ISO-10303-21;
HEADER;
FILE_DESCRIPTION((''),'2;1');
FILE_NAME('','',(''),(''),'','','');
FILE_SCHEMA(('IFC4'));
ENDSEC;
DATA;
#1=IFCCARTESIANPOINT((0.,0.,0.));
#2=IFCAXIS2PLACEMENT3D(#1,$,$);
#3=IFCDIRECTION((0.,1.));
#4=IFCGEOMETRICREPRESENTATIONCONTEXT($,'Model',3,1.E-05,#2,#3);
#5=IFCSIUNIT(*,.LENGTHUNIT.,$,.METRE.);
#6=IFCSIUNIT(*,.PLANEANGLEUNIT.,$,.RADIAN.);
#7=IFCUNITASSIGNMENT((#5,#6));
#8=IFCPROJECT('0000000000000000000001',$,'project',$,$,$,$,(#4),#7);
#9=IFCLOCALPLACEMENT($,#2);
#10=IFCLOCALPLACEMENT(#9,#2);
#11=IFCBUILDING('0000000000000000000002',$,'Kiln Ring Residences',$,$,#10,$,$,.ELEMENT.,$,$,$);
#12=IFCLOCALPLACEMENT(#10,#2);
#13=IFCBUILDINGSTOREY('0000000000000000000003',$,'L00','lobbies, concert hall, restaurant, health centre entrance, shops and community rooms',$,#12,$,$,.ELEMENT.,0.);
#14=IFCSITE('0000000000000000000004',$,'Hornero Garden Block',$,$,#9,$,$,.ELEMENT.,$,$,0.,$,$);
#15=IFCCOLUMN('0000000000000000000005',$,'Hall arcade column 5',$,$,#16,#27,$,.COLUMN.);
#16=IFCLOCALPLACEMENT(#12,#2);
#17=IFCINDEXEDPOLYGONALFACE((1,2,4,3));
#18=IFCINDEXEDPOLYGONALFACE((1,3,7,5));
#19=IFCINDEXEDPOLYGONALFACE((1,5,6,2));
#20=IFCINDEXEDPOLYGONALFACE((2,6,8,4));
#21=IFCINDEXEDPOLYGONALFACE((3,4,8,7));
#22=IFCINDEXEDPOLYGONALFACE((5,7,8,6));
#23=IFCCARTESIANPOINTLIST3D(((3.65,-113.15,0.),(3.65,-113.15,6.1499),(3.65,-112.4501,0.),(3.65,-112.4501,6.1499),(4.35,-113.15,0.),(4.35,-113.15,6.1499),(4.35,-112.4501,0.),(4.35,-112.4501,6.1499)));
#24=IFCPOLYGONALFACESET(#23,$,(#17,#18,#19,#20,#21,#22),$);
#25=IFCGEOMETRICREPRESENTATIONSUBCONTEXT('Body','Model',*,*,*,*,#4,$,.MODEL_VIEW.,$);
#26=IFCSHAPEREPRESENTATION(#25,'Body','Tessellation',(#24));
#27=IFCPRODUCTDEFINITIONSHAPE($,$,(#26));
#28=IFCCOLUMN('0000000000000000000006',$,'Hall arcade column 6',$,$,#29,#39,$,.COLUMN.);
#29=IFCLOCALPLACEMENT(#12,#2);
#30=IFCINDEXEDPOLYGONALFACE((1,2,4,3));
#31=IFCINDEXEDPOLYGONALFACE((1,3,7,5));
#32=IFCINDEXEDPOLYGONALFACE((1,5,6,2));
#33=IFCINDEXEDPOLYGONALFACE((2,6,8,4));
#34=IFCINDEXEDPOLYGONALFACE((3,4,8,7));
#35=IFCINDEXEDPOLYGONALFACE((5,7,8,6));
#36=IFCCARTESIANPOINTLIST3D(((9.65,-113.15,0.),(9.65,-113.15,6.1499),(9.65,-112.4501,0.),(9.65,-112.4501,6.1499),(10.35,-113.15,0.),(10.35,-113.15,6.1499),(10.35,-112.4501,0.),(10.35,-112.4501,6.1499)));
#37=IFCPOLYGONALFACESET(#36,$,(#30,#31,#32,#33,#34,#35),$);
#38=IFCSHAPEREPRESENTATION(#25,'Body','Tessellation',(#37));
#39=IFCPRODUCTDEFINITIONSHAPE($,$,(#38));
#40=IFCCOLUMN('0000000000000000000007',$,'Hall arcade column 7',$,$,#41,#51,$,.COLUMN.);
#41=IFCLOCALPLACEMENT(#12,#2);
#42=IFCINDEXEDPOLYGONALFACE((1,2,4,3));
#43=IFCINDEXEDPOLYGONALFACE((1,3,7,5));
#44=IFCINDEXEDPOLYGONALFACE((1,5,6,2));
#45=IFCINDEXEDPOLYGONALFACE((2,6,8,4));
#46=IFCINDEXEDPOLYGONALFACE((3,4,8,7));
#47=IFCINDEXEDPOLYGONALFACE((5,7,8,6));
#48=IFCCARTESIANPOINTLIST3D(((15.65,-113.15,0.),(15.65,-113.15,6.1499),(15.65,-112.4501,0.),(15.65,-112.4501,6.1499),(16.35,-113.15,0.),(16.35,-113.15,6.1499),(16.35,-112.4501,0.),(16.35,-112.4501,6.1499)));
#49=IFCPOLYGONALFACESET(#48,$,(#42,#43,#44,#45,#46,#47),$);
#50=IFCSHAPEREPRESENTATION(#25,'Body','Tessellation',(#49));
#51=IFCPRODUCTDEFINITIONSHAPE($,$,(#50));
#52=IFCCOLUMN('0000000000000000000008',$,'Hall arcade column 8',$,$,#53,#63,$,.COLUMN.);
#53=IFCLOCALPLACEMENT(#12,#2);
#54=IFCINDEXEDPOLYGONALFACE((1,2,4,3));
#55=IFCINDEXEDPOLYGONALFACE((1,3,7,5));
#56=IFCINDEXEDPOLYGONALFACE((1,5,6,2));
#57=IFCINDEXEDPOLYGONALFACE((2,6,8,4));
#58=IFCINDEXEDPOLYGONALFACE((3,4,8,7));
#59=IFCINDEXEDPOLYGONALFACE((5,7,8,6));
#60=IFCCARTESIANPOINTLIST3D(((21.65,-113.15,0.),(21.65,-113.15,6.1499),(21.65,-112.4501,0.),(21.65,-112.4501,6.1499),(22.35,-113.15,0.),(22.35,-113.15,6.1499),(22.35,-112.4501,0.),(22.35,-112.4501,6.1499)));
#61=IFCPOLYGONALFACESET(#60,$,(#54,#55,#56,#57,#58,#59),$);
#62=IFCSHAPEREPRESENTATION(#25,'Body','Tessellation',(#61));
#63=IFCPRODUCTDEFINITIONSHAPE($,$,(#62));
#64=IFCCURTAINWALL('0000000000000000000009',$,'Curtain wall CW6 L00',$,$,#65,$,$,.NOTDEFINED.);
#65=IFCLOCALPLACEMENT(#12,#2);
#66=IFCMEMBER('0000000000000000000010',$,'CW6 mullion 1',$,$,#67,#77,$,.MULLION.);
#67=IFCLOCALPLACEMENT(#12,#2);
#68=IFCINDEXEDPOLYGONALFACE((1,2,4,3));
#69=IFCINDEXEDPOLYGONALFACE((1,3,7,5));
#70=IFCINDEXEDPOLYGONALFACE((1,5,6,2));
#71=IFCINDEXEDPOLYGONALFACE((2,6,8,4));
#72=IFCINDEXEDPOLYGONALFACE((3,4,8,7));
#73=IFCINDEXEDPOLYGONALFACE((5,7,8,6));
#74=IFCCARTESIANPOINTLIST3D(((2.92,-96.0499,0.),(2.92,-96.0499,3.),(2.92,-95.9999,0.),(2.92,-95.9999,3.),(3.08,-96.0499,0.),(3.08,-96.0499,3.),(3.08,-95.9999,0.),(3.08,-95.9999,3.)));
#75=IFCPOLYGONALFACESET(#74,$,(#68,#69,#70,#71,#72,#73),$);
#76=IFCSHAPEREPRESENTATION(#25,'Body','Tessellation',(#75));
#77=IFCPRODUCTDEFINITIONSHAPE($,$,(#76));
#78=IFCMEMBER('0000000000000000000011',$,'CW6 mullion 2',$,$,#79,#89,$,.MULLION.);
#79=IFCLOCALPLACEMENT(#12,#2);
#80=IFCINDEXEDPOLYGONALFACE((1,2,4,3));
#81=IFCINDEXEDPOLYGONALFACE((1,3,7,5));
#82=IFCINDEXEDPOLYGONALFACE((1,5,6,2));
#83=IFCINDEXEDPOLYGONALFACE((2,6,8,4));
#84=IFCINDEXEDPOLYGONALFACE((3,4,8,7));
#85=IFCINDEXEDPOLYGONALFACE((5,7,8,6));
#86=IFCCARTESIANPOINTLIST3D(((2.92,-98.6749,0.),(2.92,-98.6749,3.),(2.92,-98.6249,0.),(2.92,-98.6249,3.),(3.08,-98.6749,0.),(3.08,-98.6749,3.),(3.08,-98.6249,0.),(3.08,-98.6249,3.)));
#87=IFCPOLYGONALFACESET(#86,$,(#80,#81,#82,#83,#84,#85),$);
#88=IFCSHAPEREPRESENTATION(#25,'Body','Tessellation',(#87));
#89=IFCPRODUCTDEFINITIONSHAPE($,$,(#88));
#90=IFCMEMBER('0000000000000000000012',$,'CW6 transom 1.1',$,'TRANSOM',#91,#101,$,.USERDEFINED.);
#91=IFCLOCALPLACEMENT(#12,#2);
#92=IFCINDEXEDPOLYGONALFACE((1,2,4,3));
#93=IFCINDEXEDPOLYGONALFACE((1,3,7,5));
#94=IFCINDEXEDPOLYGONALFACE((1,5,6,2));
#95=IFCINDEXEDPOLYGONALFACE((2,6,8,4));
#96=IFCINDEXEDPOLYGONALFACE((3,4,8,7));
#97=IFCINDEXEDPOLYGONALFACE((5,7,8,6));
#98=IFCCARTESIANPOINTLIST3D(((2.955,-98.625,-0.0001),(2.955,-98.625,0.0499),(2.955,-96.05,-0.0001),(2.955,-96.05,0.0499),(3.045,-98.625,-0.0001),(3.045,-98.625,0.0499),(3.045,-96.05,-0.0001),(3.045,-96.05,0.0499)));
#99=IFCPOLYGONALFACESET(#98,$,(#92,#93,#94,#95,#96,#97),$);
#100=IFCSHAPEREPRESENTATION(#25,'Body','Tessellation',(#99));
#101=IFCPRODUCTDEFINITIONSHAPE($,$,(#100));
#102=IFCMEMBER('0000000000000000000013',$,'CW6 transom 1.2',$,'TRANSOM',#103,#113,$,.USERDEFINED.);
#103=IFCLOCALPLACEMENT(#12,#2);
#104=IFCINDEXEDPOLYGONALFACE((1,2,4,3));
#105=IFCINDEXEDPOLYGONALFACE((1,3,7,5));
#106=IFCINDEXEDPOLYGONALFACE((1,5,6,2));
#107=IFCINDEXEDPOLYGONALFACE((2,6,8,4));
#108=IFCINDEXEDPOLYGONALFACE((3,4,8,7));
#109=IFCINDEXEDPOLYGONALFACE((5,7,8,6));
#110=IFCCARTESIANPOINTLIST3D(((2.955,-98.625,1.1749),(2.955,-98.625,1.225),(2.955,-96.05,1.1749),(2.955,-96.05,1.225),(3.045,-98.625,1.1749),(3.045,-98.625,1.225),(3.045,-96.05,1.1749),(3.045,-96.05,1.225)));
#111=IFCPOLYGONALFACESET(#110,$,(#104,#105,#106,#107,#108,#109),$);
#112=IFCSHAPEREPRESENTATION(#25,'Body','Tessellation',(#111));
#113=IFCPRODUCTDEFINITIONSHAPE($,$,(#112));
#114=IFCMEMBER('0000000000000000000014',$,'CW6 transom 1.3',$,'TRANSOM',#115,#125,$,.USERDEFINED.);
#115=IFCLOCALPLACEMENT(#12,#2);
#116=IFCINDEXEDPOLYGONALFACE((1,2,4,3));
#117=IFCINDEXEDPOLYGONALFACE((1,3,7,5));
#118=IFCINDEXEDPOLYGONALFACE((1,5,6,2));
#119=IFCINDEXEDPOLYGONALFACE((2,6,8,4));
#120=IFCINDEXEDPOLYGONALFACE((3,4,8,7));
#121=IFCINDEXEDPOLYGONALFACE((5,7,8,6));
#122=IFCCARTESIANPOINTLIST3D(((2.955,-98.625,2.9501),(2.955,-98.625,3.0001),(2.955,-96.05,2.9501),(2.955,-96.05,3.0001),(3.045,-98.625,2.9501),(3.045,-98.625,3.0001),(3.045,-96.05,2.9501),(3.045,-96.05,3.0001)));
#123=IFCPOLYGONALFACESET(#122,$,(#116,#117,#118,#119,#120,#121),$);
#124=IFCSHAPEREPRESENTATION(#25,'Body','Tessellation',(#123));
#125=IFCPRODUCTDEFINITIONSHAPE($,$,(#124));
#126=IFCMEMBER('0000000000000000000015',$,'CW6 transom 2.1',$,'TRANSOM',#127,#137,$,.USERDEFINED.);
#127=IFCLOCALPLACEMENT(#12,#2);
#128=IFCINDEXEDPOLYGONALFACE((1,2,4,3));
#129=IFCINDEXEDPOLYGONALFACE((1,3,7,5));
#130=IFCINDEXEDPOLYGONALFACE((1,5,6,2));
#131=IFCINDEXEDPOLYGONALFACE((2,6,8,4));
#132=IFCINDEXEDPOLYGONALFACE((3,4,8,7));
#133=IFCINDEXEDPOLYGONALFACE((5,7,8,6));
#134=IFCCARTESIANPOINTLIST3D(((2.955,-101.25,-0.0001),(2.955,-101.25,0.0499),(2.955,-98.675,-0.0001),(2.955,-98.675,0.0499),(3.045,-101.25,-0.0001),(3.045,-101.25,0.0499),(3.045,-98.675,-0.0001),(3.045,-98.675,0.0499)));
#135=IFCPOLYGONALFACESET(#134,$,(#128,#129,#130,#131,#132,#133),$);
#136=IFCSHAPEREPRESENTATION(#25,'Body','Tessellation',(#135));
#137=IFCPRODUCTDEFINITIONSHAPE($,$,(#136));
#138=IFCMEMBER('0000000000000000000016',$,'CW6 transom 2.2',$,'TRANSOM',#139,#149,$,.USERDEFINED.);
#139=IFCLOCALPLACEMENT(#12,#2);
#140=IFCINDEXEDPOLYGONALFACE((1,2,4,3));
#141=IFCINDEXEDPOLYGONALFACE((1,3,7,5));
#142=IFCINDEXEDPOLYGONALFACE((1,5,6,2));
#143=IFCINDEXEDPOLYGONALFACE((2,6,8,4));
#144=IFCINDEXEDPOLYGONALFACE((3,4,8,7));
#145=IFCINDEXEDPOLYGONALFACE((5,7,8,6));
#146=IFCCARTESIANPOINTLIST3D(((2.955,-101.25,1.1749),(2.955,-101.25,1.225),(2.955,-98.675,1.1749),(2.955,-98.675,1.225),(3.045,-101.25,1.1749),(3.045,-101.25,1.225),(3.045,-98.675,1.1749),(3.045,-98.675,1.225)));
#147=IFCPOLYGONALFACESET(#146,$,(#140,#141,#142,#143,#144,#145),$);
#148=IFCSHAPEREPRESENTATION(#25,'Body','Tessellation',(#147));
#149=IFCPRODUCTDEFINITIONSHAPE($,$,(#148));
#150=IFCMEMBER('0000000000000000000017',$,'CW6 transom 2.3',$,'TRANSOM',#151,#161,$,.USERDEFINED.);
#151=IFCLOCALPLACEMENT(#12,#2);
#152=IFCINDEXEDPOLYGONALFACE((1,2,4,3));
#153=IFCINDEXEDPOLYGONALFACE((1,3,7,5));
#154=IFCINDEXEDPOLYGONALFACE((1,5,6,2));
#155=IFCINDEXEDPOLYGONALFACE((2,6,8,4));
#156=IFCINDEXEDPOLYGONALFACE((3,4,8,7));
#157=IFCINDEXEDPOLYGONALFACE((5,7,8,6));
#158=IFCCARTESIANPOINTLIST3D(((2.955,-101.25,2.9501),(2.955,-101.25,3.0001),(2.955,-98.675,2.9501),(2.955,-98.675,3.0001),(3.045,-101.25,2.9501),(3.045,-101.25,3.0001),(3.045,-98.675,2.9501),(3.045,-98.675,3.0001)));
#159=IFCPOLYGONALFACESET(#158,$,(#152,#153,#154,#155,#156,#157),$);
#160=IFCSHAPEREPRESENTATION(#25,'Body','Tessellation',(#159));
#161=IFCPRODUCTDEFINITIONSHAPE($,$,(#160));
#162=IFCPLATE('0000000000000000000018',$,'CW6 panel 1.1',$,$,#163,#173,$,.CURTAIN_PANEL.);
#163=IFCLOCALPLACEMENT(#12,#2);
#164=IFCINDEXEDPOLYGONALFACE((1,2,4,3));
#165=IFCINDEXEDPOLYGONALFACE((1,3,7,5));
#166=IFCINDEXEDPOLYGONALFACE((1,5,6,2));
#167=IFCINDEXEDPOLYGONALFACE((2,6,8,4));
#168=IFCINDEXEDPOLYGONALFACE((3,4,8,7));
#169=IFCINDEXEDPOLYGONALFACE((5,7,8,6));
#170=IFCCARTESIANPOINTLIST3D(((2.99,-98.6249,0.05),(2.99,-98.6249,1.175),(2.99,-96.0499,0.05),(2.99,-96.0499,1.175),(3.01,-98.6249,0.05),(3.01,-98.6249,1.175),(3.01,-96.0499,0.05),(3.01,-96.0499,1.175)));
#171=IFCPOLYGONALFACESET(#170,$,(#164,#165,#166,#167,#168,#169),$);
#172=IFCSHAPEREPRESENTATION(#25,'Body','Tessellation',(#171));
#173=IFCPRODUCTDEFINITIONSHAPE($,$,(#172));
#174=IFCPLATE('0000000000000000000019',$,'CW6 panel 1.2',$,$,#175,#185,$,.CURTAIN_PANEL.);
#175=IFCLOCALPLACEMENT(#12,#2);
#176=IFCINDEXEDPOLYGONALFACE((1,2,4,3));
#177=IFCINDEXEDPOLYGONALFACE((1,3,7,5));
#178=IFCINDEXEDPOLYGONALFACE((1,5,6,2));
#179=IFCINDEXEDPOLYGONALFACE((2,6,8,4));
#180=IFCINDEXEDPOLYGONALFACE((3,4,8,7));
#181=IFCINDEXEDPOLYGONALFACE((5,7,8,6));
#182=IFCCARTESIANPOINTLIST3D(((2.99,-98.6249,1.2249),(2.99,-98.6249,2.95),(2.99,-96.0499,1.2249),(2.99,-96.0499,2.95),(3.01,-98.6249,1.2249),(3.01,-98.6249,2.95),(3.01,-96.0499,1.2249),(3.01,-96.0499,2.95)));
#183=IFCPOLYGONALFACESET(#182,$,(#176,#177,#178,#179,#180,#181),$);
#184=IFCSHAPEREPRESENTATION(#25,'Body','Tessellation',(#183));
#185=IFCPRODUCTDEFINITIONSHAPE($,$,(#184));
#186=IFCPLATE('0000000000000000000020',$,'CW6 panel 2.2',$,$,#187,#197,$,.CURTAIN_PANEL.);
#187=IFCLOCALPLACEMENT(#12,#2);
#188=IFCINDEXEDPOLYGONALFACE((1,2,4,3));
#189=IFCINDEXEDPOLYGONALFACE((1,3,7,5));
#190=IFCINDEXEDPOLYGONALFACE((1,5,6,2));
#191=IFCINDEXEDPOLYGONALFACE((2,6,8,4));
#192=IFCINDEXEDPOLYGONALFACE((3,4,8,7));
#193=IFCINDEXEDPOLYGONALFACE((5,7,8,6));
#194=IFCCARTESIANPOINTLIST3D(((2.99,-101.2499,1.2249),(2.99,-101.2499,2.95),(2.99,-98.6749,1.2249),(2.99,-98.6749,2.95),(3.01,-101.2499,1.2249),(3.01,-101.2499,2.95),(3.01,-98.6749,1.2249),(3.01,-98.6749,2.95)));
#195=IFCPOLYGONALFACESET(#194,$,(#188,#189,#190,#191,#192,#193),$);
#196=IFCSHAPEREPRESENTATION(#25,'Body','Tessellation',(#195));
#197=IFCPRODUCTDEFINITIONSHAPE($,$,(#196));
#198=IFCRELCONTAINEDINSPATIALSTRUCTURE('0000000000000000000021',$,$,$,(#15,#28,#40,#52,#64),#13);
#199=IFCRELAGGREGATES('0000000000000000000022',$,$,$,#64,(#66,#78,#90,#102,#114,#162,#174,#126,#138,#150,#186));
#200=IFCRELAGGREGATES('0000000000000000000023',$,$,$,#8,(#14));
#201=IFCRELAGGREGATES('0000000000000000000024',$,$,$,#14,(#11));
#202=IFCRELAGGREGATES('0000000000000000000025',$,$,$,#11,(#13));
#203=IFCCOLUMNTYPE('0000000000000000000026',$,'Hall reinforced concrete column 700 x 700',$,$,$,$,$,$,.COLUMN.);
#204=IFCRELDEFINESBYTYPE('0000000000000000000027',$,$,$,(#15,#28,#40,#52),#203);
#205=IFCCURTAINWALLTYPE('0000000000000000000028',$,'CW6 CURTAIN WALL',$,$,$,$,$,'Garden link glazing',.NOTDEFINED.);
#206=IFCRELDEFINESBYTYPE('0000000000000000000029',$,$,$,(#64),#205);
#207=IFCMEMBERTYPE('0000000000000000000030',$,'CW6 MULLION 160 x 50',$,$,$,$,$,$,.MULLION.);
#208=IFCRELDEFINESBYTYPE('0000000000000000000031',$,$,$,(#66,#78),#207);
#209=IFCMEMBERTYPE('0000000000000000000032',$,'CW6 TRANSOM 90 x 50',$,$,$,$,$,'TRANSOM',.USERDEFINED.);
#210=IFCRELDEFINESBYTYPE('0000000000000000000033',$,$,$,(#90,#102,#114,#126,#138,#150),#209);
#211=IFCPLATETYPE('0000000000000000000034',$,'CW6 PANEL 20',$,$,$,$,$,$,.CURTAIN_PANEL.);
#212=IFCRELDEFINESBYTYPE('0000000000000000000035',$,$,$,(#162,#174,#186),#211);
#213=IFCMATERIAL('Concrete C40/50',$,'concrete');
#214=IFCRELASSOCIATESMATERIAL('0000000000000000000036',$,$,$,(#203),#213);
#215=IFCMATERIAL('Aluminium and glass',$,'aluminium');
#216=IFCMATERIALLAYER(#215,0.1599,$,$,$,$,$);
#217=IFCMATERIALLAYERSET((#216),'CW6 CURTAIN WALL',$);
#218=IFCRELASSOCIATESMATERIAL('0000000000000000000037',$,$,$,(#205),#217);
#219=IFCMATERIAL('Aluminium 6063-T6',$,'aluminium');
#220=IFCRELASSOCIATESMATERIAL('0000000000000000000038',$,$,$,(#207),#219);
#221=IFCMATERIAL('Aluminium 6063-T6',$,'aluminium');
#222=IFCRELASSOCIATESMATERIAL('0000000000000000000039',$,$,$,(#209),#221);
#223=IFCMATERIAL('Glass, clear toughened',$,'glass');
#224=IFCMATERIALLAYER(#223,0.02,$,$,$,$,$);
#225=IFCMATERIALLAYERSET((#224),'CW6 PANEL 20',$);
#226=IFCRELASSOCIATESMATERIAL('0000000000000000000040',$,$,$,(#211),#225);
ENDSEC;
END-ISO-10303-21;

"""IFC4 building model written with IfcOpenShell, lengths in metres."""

from ifc_helpers import new_model, si_unit, direction, frame, origin, origin_2d, place, context, subcontext, project, spatial, rectangle, extrude, material, layer, layer_set, material_profile, profile_set, type_object, element, aggregate, save


model = new_model("IFC4")

# Units and contexts
model_context = context("Model", 3, precision=1e-05, world=origin(), true_north=direction((0.0, 1.0)))
body_context = subcontext(model_context, "Body", "Model", "MODEL_VIEW")
ifc_project = project(units=[si_unit("LENGTHUNIT", "METRE"), si_unit("PLANEANGLEUNIT", "RADIAN")], contexts=[model_context])

# Site, building, storey
site_placement = place(None, origin())
site = spatial("IfcSite", under=ifc_project, at=site_placement, Name="Hornero Garden Block", CompositionType="ELEMENT", RefElevation=0.0)
building_placement = place(site_placement, origin())
building = spatial("IfcBuilding", under=site, at=building_placement, Name="Kiln Ring Residences", CompositionType="ELEMENT")
storey_placement = place(building_placement, origin())
storey = spatial("IfcBuildingStorey", under=building, at=storey_placement, Name="L00", Description="lobbies, concert hall, restaurant, health centre entrance, shops and community rooms", CompositionType="ELEMENT", Elevation=0.0)

# Columns
ifc_material_1 = material(Name="Concrete C40/50", Category="concrete")
ifc_material_profile_1 = material_profile(ifc_material_1, rectangle(XDim=0.7, YDim=0.7, at=origin_2d()), Name="Hall reinforced concrete column 700 x 700")
ifc_profile_set_1 = profile_set([ifc_material_profile_1], Name="Concrete C40/50")
column_type = type_object("IfcColumnType", Name="Hall reinforced concrete column 700 x 700", PredefinedType="COLUMN", material=ifc_profile_set_1)
for number, where, z_axis, x_axis, name in (
    (1, (4.0, -112.8, 0.0), (0.0, 0.0, 1.0), (1.0, 0.0, 0.0), "Hall arcade column 5"),
    (2, (10.0, -112.8, 0.0), (0.0, 0.0, 1.0), (1.0, 0.0, 0.0), "Hall arcade column 6"),
    (3, (16.0, -112.8, 0.0), (0.0, 0.0, 1.0), (1.0, 0.0, 0.0), "Hall arcade column 7"),
    (4, (22.0, -112.8, 0.0), (0.0, 0.0, 1.0), (1.0, 0.0, 0.0), "Hall arcade column 8"),
):
    element("IfcColumn", number, at=place(storey_placement, frame(where, z_axis=z_axis, x_axis=x_axis)), inside=storey, type_object=column_type, Name=name, PredefinedType="COLUMN", context=body_context, shape_type="SweptSolid", body=[
        extrude(rectangle(XDim=0.7, YDim=0.7, at=origin_2d()), origin(), (0.0, 0.0, 1.0), 6.1499),
    ])

# Curtain wall, members, plates
ifc_material_2 = material(Name="Aluminium and glass", Category="aluminium")
ifc_layer_1 = layer(ifc_material_2, 0.1599)
ifc_layer_set_1 = layer_set([ifc_layer_1], Name="CW6 CURTAIN WALL")
curtain_wall_type = type_object("IfcCurtainWallType", Name="CW6 CURTAIN WALL", ElementType="Garden link glazing", PredefinedType="NOTDEFINED", material=ifc_layer_set_1)
placement = place(storey_placement, origin())
curtain_wall = element("IfcCurtainWall", 5, at=placement, inside=storey, type_object=curtain_wall_type, Name="Curtain wall CW6 L00", PredefinedType="NOTDEFINED")
ifc_material_3 = material(Name="Aluminium 6063-T6", Category="aluminium")
ifc_material_profile_2 = material_profile(ifc_material_3, rectangle(XDim=0.1599, YDim=0.05, at=origin_2d()), Name="AL 160x50")
ifc_profile_set_2 = profile_set([ifc_material_profile_2], Name="Aluminium 6063-T6")
member_type_1 = type_object("IfcMemberType", Name="CW6 MULLION 160 x 50", PredefinedType="MULLION", material=ifc_profile_set_2)
member_1_placement = place(storey_placement, frame((3.0, -96.0249, 0.0), z_axis=(0.0, 0.0, 1.0), x_axis=(1.0, 0.0, 0.0)))
member_1 = element("IfcMember", 6, at=member_1_placement, type_object=member_type_1, Name="CW6 mullion 1", PredefinedType="MULLION", context=body_context, shape_type="SweptSolid", body=[
    extrude(rectangle(XDim=0.1599, YDim=0.05, at=origin_2d()), origin(), (0.0, 0.0, 1.0), 3.0),
])
member_2_placement = place(storey_placement, frame((3.0, -98.6499, 0.0), z_axis=(0.0, 0.0, 1.0), x_axis=(1.0, 0.0, 0.0)))
member_2 = element("IfcMember", 7, at=member_2_placement, type_object=member_type_1, Name="CW6 mullion 2", PredefinedType="MULLION", context=body_context, shape_type="SweptSolid", body=[
    extrude(rectangle(XDim=0.1599, YDim=0.05, at=origin_2d()), origin(), (0.0, 0.0, 1.0), 3.0),
])
ifc_material_4 = material(Name="Aluminium 6063-T6", Category="aluminium")
ifc_material_profile_3 = material_profile(ifc_material_4, rectangle(XDim=0.0901, YDim=0.05, at=origin_2d()), Name="AL 90x50")
ifc_profile_set_3 = profile_set([ifc_material_profile_3], Name="Aluminium 6063-T6")
member_type_2 = type_object("IfcMemberType", Name="CW6 TRANSOM 90 x 50", ElementType="TRANSOM", PredefinedType="USERDEFINED", material=ifc_profile_set_3)
member_3_placement = place(storey_placement, frame((3.0, -96.05, 0.0249), z_axis=(0.0, -1.0, 0.0), x_axis=(1.0, 0.0, 0.0)))
member_3 = element("IfcMember", 8, at=member_3_placement, type_object=member_type_2, Name="CW6 transom 1.1", ObjectType="TRANSOM", PredefinedType="USERDEFINED", context=body_context, shape_type="SweptSolid", body=[
    extrude(rectangle(XDim=0.0901, YDim=0.05, at=origin_2d()), origin(), (0.0, 0.0, 1.0), 2.575),
])
member_4_placement = place(storey_placement, frame((3.0, -96.05, 1.2), z_axis=(0.0, -1.0, 0.0), x_axis=(1.0, 0.0, 0.0)))
member_4 = element("IfcMember", 9, at=member_4_placement, type_object=member_type_2, Name="CW6 transom 1.2", ObjectType="TRANSOM", PredefinedType="USERDEFINED", context=body_context, shape_type="SweptSolid", body=[
    extrude(rectangle(XDim=0.0901, YDim=0.05, at=origin_2d()), origin(), (0.0, 0.0, 1.0), 2.575),
])
member_5_placement = place(storey_placement, frame((3.0, -96.05, 2.9751), z_axis=(0.0, -1.0, 0.0), x_axis=(1.0, 0.0, 0.0)))
member_5 = element("IfcMember", 10, at=member_5_placement, type_object=member_type_2, Name="CW6 transom 1.3", ObjectType="TRANSOM", PredefinedType="USERDEFINED", context=body_context, shape_type="SweptSolid", body=[
    extrude(rectangle(XDim=0.0901, YDim=0.05, at=origin_2d()), origin(), (0.0, 0.0, 1.0), 2.575),
])
member_6_placement = place(storey_placement, frame((3.0, -98.675, 0.0249), z_axis=(0.0, -1.0, 0.0), x_axis=(1.0, 0.0, 0.0)))
member_6 = element("IfcMember", 11, at=member_6_placement, type_object=member_type_2, Name="CW6 transom 2.1", ObjectType="TRANSOM", PredefinedType="USERDEFINED", context=body_context, shape_type="SweptSolid", body=[
    extrude(rectangle(XDim=0.0901, YDim=0.05, at=origin_2d()), origin(), (0.0, 0.0, 1.0), 2.575),
])
member_7_placement = place(storey_placement, frame((3.0, -98.675, 1.2), z_axis=(0.0, -1.0, 0.0), x_axis=(1.0, 0.0, 0.0)))
member_7 = element("IfcMember", 12, at=member_7_placement, type_object=member_type_2, Name="CW6 transom 2.2", ObjectType="TRANSOM", PredefinedType="USERDEFINED", context=body_context, shape_type="SweptSolid", body=[
    extrude(rectangle(XDim=0.0901, YDim=0.05, at=origin_2d()), origin(), (0.0, 0.0, 1.0), 2.575),
])
member_8_placement = place(storey_placement, frame((3.0, -98.675, 2.9751), z_axis=(0.0, -1.0, 0.0), x_axis=(1.0, 0.0, 0.0)))
member_8 = element("IfcMember", 13, at=member_8_placement, type_object=member_type_2, Name="CW6 transom 2.3", ObjectType="TRANSOM", PredefinedType="USERDEFINED", context=body_context, shape_type="SweptSolid", body=[
    extrude(rectangle(XDim=0.0901, YDim=0.05, at=origin_2d()), origin(), (0.0, 0.0, 1.0), 2.575),
])
ifc_material_5 = material(Name="Glass, clear toughened", Category="glass")
ifc_layer_2 = layer(ifc_material_5, 0.02)
ifc_layer_set_2 = layer_set([ifc_layer_2], Name="CW6 PANEL 20")
plate_type = type_object("IfcPlateType", Name="CW6 PANEL 20", PredefinedType="CURTAIN_PANEL", material=ifc_layer_set_2)
plate_1_placement = place(storey_placement, frame((3.0, -97.3374, 0.05), z_axis=(0.0, 0.0, 1.0), x_axis=(0.0, -1.0, 0.0)))
plate_1 = element("IfcPlate", 14, at=plate_1_placement, type_object=plate_type, Name="CW6 panel 1.1", PredefinedType="CURTAIN_PANEL", context=body_context, shape_type="SweptSolid", body=[
    extrude(rectangle(XDim=2.575, YDim=0.02, at=origin_2d()), origin(), (0.0, 0.0, 1.0), 1.125),
])
plate_2_placement = place(storey_placement, frame((3.0, -97.3374, 1.2249), z_axis=(0.0, 0.0, 1.0), x_axis=(0.0, -1.0, 0.0)))
plate_2 = element("IfcPlate", 15, at=plate_2_placement, type_object=plate_type, Name="CW6 panel 1.2", PredefinedType="CURTAIN_PANEL", context=body_context, shape_type="SweptSolid", body=[
    extrude(rectangle(XDim=2.575, YDim=0.02, at=origin_2d()), origin(), (0.0, 0.0, 1.0), 1.7251),
])
plate_3_placement = place(storey_placement, frame((3.0, -99.9624, 1.2249), z_axis=(0.0, 0.0, 1.0), x_axis=(0.0, -1.0, 0.0)))
plate_3 = element("IfcPlate", 16, at=plate_3_placement, type_object=plate_type, Name="CW6 panel 2.2", PredefinedType="CURTAIN_PANEL", context=body_context, shape_type="SweptSolid", body=[
    extrude(rectangle(XDim=2.575, YDim=0.02, at=origin_2d()), origin(), (0.0, 0.0, 1.0), 1.7251),
])
aggregate(curtain_wall, [member_1, member_2, member_3, member_4, member_5, plate_1, plate_2, member_6, member_7, member_8, plate_3])

save(model, "model.ifc")
